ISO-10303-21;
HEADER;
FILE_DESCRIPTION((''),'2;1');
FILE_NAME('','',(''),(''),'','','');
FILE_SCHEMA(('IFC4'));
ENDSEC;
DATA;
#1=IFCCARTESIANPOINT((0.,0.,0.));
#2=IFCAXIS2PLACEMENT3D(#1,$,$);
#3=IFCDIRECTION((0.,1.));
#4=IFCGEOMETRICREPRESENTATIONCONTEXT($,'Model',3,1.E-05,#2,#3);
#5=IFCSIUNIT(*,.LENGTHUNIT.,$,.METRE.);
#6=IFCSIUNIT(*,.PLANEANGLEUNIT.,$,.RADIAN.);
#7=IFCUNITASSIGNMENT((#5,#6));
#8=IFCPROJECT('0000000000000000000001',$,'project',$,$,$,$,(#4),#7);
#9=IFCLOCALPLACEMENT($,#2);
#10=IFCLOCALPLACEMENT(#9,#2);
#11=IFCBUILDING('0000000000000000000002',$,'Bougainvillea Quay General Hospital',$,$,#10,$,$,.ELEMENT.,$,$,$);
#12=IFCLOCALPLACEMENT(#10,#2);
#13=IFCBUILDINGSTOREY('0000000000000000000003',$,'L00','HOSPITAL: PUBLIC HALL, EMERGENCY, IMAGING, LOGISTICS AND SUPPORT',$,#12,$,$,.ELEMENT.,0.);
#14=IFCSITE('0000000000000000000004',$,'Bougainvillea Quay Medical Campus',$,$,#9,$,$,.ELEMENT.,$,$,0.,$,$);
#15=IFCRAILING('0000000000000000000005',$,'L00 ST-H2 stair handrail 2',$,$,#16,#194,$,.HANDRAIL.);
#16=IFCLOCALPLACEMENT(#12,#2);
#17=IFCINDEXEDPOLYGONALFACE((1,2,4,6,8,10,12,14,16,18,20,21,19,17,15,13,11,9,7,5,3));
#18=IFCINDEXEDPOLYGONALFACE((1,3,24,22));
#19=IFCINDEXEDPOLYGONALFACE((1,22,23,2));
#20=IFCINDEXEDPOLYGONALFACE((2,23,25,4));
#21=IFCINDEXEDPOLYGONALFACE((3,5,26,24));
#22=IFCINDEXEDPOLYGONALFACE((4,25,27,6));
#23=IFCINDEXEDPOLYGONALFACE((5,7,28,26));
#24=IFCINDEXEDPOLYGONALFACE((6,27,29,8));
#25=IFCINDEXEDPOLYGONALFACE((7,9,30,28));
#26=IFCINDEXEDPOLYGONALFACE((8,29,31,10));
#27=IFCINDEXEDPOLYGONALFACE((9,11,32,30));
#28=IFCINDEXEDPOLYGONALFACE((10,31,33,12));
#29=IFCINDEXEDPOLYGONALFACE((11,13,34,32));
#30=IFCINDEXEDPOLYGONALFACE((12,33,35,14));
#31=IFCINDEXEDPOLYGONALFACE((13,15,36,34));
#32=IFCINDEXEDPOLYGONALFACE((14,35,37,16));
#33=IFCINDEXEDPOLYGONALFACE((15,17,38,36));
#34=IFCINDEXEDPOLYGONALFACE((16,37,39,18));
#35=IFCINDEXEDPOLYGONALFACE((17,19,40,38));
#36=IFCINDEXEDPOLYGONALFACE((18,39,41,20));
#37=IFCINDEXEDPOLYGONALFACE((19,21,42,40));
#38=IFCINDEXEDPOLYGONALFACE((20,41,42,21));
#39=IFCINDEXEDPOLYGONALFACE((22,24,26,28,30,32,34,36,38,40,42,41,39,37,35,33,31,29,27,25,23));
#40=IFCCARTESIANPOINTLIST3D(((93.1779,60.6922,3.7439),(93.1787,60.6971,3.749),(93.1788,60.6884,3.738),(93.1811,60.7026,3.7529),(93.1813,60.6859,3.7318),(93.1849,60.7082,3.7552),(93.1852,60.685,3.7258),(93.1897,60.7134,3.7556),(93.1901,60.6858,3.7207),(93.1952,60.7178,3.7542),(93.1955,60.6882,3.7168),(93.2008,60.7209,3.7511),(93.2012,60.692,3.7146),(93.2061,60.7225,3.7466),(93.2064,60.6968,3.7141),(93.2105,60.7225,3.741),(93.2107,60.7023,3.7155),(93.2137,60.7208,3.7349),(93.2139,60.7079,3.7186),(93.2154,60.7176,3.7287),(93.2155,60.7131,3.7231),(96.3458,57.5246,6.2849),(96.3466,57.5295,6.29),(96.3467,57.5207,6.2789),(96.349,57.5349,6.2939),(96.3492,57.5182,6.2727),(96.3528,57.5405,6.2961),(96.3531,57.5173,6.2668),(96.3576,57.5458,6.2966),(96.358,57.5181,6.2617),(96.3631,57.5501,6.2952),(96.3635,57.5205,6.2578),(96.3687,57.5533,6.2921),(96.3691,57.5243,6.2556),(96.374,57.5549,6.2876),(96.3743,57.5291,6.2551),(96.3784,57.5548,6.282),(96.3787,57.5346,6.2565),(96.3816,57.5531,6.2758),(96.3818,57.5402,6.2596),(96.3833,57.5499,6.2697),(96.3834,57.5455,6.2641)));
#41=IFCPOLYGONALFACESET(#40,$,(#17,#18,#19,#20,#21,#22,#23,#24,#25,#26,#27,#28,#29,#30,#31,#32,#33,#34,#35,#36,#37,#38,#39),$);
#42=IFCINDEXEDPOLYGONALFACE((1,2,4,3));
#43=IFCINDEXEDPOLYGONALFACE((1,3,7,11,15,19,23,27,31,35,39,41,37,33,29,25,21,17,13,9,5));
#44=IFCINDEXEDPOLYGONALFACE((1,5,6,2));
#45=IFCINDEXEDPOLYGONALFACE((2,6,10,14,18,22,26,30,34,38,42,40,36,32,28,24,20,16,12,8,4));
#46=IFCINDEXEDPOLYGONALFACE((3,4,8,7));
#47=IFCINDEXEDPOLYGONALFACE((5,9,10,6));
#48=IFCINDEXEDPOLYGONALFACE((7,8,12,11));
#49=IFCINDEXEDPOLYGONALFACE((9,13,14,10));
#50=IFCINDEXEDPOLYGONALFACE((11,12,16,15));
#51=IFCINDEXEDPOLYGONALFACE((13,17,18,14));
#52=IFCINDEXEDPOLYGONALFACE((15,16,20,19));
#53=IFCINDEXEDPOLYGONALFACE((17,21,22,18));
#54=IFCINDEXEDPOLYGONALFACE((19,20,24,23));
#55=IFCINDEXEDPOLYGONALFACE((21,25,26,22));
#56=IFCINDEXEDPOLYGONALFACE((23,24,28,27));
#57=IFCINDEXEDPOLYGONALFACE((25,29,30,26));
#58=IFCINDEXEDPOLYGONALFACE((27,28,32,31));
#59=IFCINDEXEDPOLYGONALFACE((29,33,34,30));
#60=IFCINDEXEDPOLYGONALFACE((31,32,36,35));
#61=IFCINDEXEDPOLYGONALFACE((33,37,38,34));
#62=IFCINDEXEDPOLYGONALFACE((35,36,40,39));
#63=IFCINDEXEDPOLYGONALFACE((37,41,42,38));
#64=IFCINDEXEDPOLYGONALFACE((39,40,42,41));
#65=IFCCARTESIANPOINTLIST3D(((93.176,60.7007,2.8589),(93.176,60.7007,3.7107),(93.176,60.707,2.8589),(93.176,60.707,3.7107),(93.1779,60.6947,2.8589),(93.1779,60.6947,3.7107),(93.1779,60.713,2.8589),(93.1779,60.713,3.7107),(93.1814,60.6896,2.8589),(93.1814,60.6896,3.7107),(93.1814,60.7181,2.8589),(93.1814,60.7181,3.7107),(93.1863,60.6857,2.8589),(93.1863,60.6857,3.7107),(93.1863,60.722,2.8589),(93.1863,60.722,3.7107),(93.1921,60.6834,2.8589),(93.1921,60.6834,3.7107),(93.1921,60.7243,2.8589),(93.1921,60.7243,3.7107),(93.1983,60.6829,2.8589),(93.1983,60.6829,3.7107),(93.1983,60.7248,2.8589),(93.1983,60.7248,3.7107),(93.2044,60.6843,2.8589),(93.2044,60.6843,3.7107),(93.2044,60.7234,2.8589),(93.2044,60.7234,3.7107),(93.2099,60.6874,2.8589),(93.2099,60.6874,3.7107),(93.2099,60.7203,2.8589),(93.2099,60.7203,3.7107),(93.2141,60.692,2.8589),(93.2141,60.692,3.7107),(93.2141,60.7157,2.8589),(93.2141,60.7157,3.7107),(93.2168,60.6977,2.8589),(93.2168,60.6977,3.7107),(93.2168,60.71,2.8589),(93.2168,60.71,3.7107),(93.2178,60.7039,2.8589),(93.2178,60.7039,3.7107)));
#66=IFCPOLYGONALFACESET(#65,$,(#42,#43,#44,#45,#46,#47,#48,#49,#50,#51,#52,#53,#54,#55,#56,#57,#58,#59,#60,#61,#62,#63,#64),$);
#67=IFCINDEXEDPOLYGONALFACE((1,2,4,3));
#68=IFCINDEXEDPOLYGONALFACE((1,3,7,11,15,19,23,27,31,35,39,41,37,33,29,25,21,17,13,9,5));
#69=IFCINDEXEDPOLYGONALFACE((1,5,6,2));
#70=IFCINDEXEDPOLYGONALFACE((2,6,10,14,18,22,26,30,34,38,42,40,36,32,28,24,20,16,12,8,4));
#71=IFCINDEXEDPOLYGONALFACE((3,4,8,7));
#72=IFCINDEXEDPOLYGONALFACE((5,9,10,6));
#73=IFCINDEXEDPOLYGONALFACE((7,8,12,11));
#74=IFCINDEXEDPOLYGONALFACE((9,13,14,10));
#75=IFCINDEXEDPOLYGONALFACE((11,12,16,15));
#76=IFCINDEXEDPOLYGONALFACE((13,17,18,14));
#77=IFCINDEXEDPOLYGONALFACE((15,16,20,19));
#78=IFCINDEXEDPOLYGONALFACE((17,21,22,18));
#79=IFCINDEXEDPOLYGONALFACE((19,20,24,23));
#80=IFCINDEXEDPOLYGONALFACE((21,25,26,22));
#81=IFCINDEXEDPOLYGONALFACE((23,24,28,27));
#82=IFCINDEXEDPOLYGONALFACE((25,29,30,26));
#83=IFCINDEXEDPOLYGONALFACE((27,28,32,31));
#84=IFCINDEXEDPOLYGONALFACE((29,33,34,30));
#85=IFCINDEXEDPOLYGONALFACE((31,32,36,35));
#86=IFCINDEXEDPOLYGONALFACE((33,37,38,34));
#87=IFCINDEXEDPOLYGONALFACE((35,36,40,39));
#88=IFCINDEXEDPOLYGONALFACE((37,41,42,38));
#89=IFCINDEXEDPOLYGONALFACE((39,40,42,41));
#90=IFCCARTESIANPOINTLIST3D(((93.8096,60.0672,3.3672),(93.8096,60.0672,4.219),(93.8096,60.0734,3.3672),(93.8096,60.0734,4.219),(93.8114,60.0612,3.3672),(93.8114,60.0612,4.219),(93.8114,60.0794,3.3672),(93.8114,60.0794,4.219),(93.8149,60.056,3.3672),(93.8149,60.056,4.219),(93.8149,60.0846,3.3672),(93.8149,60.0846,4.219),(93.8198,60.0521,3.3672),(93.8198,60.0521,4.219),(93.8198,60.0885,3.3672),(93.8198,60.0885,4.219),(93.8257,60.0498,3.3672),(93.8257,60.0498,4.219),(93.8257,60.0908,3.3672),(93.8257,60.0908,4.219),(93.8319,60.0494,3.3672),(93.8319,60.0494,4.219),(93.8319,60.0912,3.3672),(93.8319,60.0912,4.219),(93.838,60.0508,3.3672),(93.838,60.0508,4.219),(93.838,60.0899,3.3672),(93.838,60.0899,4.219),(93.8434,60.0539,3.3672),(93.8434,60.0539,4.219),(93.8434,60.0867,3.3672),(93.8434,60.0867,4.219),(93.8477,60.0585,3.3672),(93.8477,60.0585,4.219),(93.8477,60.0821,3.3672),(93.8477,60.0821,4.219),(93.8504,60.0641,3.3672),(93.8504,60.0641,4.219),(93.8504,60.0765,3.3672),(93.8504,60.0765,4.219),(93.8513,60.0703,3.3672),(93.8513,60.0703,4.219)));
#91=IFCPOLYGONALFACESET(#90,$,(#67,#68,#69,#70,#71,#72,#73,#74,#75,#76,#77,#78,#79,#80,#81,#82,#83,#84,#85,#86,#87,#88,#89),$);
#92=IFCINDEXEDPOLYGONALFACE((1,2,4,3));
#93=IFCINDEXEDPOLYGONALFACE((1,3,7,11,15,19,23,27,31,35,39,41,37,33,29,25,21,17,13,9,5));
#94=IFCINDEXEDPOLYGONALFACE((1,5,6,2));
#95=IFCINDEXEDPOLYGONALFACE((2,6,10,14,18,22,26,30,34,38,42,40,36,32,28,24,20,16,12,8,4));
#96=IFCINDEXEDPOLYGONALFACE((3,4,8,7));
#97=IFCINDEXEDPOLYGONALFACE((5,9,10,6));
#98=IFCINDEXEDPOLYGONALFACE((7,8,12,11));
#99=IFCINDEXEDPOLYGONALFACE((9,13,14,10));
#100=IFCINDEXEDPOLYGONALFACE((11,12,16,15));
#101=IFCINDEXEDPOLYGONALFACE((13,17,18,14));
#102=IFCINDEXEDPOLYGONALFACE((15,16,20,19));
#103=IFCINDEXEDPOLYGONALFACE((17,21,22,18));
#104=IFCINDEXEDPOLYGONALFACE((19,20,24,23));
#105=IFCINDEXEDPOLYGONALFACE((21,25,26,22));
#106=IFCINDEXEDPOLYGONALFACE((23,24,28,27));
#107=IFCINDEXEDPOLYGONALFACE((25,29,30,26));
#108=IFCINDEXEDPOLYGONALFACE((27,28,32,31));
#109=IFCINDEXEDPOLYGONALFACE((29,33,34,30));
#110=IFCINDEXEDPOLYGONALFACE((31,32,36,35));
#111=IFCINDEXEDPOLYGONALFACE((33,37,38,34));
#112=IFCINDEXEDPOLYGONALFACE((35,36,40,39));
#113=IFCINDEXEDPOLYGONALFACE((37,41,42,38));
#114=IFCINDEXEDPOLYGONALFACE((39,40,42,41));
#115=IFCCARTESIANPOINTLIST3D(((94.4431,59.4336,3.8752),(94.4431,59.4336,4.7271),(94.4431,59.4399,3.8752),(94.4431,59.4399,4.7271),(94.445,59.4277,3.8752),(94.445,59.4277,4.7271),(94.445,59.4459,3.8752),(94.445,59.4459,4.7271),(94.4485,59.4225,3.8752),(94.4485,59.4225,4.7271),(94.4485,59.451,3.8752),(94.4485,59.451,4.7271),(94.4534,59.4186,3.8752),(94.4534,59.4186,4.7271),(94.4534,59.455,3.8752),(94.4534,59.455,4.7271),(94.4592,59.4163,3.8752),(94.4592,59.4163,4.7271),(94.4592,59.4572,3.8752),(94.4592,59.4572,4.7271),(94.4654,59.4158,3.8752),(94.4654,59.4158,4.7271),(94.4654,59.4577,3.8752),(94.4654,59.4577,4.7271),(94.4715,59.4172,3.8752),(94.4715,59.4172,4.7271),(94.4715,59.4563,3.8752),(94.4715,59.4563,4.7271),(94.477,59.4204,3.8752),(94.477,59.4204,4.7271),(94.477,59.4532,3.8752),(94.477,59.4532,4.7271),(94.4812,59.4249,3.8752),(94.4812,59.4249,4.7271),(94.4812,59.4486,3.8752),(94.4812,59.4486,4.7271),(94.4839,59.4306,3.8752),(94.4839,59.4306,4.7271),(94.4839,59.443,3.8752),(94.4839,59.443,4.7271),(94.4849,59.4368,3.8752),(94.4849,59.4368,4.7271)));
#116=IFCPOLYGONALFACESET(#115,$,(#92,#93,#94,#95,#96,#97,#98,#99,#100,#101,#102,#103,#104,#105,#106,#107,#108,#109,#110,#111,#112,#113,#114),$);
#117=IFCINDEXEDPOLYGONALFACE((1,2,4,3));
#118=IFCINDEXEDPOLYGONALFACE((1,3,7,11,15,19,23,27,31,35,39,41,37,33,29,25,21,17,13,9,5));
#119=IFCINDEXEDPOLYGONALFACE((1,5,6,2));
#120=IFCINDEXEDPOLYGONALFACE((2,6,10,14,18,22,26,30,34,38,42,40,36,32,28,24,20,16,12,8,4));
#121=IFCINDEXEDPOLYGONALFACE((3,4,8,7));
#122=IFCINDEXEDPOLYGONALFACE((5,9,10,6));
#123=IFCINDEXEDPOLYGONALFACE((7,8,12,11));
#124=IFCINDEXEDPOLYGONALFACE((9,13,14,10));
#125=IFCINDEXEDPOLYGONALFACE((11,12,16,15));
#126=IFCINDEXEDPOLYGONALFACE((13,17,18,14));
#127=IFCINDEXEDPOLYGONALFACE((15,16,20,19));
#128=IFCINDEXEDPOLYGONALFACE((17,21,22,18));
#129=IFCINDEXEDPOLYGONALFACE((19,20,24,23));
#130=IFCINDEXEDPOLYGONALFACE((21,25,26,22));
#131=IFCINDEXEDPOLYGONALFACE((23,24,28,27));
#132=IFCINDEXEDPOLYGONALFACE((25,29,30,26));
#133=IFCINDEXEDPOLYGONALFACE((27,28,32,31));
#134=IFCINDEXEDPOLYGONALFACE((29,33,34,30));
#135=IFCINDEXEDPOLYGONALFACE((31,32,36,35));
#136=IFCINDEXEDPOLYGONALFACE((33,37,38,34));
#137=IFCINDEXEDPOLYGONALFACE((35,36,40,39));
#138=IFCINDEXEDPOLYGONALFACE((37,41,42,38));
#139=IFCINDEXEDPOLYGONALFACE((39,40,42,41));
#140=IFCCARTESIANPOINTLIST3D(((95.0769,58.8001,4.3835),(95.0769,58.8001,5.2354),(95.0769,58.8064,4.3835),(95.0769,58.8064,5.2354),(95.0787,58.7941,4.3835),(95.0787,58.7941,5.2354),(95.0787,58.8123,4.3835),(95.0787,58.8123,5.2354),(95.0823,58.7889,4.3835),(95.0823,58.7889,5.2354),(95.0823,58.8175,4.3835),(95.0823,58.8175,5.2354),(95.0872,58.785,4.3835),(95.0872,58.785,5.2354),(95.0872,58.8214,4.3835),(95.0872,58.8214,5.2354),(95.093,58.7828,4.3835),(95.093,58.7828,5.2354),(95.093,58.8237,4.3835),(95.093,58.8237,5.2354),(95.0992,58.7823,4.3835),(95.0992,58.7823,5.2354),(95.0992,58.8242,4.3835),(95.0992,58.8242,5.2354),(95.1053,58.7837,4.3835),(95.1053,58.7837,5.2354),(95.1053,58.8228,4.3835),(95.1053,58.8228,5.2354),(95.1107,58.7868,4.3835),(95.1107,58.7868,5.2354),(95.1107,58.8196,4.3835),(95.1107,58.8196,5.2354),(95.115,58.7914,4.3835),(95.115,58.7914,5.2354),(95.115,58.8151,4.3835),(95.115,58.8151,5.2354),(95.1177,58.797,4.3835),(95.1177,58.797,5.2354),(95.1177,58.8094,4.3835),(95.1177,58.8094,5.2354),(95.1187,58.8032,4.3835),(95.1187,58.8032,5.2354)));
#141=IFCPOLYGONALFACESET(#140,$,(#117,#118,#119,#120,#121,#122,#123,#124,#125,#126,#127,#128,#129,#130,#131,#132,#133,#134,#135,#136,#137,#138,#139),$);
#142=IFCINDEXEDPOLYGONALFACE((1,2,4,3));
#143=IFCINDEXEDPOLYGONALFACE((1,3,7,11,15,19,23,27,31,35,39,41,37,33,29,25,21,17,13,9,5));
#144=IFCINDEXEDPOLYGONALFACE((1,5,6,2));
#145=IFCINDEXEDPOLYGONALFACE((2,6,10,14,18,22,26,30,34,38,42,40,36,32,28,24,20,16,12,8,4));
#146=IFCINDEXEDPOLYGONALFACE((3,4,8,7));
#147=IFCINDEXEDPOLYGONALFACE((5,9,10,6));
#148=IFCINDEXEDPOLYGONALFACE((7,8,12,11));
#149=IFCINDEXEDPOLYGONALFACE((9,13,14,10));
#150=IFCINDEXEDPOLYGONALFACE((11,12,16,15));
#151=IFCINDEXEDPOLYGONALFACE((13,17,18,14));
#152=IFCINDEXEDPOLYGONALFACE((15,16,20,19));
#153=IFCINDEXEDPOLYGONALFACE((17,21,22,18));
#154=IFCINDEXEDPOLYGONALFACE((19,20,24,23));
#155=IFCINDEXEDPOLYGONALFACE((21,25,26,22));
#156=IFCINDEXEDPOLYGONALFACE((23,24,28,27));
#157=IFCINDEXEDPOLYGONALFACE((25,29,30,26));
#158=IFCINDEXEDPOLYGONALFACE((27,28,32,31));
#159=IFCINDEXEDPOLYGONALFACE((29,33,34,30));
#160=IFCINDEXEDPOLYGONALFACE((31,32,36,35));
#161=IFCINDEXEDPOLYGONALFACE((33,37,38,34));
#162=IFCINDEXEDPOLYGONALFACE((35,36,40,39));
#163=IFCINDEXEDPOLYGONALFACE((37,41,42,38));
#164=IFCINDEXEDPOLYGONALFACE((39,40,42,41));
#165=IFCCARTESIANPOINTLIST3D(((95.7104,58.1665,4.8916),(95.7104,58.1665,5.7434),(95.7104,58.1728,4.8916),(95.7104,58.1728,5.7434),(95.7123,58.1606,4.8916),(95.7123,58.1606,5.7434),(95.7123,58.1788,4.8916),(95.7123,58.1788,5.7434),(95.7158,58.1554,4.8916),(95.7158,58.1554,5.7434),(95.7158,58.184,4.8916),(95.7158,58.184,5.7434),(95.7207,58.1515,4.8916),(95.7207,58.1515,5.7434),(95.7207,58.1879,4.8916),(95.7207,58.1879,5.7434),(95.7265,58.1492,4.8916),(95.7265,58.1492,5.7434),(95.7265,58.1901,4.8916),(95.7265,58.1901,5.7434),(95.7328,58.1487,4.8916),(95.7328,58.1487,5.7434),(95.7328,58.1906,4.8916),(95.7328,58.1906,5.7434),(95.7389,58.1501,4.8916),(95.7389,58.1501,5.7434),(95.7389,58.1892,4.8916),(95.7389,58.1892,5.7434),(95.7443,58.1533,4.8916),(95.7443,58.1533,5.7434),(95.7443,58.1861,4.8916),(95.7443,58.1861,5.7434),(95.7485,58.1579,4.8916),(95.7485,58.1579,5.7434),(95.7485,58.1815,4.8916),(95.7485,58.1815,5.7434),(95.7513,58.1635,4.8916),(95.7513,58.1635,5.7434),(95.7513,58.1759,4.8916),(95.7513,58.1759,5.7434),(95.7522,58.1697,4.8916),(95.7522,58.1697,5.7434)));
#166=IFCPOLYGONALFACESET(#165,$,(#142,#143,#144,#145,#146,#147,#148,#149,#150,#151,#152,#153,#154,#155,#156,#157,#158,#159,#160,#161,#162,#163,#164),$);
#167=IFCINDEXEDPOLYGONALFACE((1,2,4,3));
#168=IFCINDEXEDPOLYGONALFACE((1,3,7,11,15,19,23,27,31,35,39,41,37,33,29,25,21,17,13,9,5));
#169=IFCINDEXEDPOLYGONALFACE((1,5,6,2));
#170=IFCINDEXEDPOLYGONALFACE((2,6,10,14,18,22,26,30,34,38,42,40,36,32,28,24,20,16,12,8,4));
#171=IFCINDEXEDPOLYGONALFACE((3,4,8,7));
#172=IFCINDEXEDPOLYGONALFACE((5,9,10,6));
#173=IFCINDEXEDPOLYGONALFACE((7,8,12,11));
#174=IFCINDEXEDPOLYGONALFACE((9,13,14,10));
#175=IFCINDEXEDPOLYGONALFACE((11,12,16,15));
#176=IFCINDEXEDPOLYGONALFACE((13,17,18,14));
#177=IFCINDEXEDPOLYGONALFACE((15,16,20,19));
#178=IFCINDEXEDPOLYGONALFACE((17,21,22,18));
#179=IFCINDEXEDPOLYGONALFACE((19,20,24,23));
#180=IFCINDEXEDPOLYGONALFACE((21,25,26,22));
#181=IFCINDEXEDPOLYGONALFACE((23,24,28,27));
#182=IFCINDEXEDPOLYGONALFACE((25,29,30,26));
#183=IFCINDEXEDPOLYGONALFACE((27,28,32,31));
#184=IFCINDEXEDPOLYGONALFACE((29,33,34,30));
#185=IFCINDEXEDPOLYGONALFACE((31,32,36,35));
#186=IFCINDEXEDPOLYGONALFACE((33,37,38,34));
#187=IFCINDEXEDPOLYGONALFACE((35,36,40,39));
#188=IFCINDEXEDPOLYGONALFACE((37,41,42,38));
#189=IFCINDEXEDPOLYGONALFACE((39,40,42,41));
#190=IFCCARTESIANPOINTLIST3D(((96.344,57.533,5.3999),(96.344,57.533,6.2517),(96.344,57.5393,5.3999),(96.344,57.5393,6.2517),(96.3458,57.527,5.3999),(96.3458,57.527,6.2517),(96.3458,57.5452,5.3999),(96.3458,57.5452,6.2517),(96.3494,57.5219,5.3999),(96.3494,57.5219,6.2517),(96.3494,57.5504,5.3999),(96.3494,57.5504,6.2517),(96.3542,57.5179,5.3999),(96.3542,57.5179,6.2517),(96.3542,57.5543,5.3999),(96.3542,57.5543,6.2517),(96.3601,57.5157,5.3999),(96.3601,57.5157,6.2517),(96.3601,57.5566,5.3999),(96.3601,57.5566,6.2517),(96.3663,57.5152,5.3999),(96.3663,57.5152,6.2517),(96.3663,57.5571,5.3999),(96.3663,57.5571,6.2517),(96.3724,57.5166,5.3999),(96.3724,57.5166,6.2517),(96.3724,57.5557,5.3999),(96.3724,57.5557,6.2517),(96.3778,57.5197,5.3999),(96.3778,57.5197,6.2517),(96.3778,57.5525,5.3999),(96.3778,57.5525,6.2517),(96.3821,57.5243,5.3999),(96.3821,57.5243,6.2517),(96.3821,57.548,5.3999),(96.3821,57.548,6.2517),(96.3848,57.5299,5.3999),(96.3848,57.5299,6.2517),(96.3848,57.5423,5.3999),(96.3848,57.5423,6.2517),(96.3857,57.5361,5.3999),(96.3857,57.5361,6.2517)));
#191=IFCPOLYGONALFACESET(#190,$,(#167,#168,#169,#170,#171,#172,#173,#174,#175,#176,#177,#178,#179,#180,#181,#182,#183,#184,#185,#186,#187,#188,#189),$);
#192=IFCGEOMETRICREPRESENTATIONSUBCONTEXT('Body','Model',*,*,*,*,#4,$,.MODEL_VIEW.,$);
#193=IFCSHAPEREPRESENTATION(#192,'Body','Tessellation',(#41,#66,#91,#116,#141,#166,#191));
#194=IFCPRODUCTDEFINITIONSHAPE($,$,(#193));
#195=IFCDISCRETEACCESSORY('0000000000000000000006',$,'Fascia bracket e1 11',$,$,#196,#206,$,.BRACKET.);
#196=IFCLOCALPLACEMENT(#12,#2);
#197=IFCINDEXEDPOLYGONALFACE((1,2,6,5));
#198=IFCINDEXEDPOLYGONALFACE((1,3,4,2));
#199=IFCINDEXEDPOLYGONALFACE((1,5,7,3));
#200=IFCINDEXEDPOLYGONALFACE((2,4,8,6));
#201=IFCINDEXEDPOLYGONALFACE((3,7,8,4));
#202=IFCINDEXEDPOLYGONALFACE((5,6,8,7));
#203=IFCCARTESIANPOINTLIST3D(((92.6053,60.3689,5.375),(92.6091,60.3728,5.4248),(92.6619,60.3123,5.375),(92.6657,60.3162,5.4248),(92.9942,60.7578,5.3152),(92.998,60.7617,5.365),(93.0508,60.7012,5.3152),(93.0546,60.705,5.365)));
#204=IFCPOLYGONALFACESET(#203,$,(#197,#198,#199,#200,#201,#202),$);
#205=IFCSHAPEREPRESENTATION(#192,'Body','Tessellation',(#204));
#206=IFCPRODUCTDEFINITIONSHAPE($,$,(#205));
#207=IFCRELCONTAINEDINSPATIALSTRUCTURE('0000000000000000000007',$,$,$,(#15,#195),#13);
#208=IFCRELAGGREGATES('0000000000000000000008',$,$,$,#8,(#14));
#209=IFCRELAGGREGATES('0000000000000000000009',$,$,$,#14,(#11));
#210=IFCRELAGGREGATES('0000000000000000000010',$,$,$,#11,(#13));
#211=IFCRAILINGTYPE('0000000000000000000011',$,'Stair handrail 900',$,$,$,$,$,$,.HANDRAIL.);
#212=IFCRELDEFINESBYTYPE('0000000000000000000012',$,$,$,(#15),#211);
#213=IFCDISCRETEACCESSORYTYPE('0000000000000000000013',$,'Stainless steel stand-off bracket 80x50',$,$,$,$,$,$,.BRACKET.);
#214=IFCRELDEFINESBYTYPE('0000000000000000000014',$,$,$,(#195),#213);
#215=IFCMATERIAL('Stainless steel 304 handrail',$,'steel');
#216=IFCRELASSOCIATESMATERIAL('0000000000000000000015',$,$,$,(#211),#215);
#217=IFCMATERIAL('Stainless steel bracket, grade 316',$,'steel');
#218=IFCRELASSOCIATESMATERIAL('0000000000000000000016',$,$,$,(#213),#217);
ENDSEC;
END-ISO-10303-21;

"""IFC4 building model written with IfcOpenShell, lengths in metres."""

from ifc_helpers import new_model, si_unit, direction, frame, origin, origin_2d, place, context, subcontext, project, spatial, rectangle, circle, extrude, material, material_profile, profile_set, type_object, element, save


model = new_model("IFC4")

# Units and contexts
model_context = context("Model", 3, precision=1e-05, world=origin(), true_north=direction((0.0, 1.0)))
body_context = subcontext(model_context, "Body", "Model", "MODEL_VIEW")
ifc_project = project(units=[si_unit("LENGTHUNIT", "METRE"), si_unit("PLANEANGLEUNIT", "RADIAN")], contexts=[model_context])

# Site, building, storey
site_placement = place(None, origin())
site = spatial("IfcSite", under=ifc_project, at=site_placement, Name="Bougainvillea Quay Medical Campus", CompositionType="ELEMENT", RefElevation=0.0)
building_placement = place(site_placement, origin())
building = spatial("IfcBuilding", under=site, at=building_placement, Name="Bougainvillea Quay General Hospital", CompositionType="ELEMENT")
storey_placement = place(building_placement, origin())
storey = spatial("IfcBuildingStorey", under=building, at=storey_placement, Name="L00", Description="HOSPITAL: PUBLIC HALL, EMERGENCY, IMAGING, LOGISTICS AND SUPPORT", CompositionType="ELEMENT", Elevation=0.0)

# Railing
ifc_material_1 = material(Name="Stainless steel 304 handrail", Category="steel")
railing_type_1 = type_object("IfcRailingType", Name="Stair handrail 900", PredefinedType="HANDRAIL", material=ifc_material_1)
railing_1_placement = place(storey_placement, frame((93.1968, 60.7039, 2.8589)))
element("IfcRailing", 1, at=railing_1_placement, inside=storey, type_object=railing_type_1, Name="L00 ST-H2 stair handrail 2", PredefinedType="HANDRAIL", context=body_context, shape_type="SweptSolid", body=[
    extrude(circle(Radius=0.0239, at=origin_2d()), frame((0.0, 0.0, 0.876), z_axis=(0.615084, -0.615037, 0.493357), x_axis=(0.70708, 0.707134, 0.0)), (0.0, 0.0, 1.0), 5.1504),
    extrude(circle(Radius=0.021, at=origin_2d()), origin(), (0.0, 0.0, 1.0), 0.8518),
    extrude(circle(Radius=0.021, at=origin_2d()), frame((0.6335, -0.6335, 0.5083)), (0.0, 0.0, 1.0), 0.8518),
    extrude(circle(Radius=0.021, at=origin_2d()), frame((1.2671, -1.2671, 1.0164)), (0.0, 0.0, 1.0), 0.8518),
    extrude(circle(Radius=0.021, at=origin_2d()), frame((1.9009, -1.9006, 1.5247)), (0.0, 0.0, 1.0), 0.8518),
    extrude(circle(Radius=0.021, at=origin_2d()), frame((2.5344, -2.5342, 2.0327)), (0.0, 0.0, 1.0), 0.8518),
    extrude(circle(Radius=0.021, at=origin_2d()), frame((3.168, -3.1677, 2.541)), (0.0, 0.0, 1.0), 0.8518),
])

# Discrete accessory
ifc_material_2 = material(Name="Stainless steel bracket, grade 316", Category="steel")
ifc_material_profile_1 = material_profile(ifc_material_2, rectangle(XDim=0.0801, YDim=0.05, at=origin_2d()))
ifc_profile_set_1 = profile_set([ifc_material_profile_1], Name="Stainless steel bracket, grade 316")
discrete_accessory_type = type_object("IfcDiscreteAccessoryType", Name="Stainless steel stand-off bracket 80x50", PredefinedType="BRACKET", material=ifc_profile_set_1)
discrete_accessory_placement = place(storey_placement, frame((93.0244, 60.7314, 5.3401), z_axis=(-0.702962, -0.702962, 0.108114), x_axis=(0.707107, -0.707107, 0.0)))
element("IfcDiscreteAccessory", 2, at=discrete_accessory_placement, inside=storey, type_object=discrete_accessory_type, Name="Fascia bracket e1 11", PredefinedType="BRACKET", context=body_context, shape_type="SweptSolid", body=[
    extrude(rectangle(XDim=0.0801, YDim=0.05, at=origin_2d()), origin(), (0.0, 0.0, 1.0), 0.5532),
])

save(model, "model.ifc")
